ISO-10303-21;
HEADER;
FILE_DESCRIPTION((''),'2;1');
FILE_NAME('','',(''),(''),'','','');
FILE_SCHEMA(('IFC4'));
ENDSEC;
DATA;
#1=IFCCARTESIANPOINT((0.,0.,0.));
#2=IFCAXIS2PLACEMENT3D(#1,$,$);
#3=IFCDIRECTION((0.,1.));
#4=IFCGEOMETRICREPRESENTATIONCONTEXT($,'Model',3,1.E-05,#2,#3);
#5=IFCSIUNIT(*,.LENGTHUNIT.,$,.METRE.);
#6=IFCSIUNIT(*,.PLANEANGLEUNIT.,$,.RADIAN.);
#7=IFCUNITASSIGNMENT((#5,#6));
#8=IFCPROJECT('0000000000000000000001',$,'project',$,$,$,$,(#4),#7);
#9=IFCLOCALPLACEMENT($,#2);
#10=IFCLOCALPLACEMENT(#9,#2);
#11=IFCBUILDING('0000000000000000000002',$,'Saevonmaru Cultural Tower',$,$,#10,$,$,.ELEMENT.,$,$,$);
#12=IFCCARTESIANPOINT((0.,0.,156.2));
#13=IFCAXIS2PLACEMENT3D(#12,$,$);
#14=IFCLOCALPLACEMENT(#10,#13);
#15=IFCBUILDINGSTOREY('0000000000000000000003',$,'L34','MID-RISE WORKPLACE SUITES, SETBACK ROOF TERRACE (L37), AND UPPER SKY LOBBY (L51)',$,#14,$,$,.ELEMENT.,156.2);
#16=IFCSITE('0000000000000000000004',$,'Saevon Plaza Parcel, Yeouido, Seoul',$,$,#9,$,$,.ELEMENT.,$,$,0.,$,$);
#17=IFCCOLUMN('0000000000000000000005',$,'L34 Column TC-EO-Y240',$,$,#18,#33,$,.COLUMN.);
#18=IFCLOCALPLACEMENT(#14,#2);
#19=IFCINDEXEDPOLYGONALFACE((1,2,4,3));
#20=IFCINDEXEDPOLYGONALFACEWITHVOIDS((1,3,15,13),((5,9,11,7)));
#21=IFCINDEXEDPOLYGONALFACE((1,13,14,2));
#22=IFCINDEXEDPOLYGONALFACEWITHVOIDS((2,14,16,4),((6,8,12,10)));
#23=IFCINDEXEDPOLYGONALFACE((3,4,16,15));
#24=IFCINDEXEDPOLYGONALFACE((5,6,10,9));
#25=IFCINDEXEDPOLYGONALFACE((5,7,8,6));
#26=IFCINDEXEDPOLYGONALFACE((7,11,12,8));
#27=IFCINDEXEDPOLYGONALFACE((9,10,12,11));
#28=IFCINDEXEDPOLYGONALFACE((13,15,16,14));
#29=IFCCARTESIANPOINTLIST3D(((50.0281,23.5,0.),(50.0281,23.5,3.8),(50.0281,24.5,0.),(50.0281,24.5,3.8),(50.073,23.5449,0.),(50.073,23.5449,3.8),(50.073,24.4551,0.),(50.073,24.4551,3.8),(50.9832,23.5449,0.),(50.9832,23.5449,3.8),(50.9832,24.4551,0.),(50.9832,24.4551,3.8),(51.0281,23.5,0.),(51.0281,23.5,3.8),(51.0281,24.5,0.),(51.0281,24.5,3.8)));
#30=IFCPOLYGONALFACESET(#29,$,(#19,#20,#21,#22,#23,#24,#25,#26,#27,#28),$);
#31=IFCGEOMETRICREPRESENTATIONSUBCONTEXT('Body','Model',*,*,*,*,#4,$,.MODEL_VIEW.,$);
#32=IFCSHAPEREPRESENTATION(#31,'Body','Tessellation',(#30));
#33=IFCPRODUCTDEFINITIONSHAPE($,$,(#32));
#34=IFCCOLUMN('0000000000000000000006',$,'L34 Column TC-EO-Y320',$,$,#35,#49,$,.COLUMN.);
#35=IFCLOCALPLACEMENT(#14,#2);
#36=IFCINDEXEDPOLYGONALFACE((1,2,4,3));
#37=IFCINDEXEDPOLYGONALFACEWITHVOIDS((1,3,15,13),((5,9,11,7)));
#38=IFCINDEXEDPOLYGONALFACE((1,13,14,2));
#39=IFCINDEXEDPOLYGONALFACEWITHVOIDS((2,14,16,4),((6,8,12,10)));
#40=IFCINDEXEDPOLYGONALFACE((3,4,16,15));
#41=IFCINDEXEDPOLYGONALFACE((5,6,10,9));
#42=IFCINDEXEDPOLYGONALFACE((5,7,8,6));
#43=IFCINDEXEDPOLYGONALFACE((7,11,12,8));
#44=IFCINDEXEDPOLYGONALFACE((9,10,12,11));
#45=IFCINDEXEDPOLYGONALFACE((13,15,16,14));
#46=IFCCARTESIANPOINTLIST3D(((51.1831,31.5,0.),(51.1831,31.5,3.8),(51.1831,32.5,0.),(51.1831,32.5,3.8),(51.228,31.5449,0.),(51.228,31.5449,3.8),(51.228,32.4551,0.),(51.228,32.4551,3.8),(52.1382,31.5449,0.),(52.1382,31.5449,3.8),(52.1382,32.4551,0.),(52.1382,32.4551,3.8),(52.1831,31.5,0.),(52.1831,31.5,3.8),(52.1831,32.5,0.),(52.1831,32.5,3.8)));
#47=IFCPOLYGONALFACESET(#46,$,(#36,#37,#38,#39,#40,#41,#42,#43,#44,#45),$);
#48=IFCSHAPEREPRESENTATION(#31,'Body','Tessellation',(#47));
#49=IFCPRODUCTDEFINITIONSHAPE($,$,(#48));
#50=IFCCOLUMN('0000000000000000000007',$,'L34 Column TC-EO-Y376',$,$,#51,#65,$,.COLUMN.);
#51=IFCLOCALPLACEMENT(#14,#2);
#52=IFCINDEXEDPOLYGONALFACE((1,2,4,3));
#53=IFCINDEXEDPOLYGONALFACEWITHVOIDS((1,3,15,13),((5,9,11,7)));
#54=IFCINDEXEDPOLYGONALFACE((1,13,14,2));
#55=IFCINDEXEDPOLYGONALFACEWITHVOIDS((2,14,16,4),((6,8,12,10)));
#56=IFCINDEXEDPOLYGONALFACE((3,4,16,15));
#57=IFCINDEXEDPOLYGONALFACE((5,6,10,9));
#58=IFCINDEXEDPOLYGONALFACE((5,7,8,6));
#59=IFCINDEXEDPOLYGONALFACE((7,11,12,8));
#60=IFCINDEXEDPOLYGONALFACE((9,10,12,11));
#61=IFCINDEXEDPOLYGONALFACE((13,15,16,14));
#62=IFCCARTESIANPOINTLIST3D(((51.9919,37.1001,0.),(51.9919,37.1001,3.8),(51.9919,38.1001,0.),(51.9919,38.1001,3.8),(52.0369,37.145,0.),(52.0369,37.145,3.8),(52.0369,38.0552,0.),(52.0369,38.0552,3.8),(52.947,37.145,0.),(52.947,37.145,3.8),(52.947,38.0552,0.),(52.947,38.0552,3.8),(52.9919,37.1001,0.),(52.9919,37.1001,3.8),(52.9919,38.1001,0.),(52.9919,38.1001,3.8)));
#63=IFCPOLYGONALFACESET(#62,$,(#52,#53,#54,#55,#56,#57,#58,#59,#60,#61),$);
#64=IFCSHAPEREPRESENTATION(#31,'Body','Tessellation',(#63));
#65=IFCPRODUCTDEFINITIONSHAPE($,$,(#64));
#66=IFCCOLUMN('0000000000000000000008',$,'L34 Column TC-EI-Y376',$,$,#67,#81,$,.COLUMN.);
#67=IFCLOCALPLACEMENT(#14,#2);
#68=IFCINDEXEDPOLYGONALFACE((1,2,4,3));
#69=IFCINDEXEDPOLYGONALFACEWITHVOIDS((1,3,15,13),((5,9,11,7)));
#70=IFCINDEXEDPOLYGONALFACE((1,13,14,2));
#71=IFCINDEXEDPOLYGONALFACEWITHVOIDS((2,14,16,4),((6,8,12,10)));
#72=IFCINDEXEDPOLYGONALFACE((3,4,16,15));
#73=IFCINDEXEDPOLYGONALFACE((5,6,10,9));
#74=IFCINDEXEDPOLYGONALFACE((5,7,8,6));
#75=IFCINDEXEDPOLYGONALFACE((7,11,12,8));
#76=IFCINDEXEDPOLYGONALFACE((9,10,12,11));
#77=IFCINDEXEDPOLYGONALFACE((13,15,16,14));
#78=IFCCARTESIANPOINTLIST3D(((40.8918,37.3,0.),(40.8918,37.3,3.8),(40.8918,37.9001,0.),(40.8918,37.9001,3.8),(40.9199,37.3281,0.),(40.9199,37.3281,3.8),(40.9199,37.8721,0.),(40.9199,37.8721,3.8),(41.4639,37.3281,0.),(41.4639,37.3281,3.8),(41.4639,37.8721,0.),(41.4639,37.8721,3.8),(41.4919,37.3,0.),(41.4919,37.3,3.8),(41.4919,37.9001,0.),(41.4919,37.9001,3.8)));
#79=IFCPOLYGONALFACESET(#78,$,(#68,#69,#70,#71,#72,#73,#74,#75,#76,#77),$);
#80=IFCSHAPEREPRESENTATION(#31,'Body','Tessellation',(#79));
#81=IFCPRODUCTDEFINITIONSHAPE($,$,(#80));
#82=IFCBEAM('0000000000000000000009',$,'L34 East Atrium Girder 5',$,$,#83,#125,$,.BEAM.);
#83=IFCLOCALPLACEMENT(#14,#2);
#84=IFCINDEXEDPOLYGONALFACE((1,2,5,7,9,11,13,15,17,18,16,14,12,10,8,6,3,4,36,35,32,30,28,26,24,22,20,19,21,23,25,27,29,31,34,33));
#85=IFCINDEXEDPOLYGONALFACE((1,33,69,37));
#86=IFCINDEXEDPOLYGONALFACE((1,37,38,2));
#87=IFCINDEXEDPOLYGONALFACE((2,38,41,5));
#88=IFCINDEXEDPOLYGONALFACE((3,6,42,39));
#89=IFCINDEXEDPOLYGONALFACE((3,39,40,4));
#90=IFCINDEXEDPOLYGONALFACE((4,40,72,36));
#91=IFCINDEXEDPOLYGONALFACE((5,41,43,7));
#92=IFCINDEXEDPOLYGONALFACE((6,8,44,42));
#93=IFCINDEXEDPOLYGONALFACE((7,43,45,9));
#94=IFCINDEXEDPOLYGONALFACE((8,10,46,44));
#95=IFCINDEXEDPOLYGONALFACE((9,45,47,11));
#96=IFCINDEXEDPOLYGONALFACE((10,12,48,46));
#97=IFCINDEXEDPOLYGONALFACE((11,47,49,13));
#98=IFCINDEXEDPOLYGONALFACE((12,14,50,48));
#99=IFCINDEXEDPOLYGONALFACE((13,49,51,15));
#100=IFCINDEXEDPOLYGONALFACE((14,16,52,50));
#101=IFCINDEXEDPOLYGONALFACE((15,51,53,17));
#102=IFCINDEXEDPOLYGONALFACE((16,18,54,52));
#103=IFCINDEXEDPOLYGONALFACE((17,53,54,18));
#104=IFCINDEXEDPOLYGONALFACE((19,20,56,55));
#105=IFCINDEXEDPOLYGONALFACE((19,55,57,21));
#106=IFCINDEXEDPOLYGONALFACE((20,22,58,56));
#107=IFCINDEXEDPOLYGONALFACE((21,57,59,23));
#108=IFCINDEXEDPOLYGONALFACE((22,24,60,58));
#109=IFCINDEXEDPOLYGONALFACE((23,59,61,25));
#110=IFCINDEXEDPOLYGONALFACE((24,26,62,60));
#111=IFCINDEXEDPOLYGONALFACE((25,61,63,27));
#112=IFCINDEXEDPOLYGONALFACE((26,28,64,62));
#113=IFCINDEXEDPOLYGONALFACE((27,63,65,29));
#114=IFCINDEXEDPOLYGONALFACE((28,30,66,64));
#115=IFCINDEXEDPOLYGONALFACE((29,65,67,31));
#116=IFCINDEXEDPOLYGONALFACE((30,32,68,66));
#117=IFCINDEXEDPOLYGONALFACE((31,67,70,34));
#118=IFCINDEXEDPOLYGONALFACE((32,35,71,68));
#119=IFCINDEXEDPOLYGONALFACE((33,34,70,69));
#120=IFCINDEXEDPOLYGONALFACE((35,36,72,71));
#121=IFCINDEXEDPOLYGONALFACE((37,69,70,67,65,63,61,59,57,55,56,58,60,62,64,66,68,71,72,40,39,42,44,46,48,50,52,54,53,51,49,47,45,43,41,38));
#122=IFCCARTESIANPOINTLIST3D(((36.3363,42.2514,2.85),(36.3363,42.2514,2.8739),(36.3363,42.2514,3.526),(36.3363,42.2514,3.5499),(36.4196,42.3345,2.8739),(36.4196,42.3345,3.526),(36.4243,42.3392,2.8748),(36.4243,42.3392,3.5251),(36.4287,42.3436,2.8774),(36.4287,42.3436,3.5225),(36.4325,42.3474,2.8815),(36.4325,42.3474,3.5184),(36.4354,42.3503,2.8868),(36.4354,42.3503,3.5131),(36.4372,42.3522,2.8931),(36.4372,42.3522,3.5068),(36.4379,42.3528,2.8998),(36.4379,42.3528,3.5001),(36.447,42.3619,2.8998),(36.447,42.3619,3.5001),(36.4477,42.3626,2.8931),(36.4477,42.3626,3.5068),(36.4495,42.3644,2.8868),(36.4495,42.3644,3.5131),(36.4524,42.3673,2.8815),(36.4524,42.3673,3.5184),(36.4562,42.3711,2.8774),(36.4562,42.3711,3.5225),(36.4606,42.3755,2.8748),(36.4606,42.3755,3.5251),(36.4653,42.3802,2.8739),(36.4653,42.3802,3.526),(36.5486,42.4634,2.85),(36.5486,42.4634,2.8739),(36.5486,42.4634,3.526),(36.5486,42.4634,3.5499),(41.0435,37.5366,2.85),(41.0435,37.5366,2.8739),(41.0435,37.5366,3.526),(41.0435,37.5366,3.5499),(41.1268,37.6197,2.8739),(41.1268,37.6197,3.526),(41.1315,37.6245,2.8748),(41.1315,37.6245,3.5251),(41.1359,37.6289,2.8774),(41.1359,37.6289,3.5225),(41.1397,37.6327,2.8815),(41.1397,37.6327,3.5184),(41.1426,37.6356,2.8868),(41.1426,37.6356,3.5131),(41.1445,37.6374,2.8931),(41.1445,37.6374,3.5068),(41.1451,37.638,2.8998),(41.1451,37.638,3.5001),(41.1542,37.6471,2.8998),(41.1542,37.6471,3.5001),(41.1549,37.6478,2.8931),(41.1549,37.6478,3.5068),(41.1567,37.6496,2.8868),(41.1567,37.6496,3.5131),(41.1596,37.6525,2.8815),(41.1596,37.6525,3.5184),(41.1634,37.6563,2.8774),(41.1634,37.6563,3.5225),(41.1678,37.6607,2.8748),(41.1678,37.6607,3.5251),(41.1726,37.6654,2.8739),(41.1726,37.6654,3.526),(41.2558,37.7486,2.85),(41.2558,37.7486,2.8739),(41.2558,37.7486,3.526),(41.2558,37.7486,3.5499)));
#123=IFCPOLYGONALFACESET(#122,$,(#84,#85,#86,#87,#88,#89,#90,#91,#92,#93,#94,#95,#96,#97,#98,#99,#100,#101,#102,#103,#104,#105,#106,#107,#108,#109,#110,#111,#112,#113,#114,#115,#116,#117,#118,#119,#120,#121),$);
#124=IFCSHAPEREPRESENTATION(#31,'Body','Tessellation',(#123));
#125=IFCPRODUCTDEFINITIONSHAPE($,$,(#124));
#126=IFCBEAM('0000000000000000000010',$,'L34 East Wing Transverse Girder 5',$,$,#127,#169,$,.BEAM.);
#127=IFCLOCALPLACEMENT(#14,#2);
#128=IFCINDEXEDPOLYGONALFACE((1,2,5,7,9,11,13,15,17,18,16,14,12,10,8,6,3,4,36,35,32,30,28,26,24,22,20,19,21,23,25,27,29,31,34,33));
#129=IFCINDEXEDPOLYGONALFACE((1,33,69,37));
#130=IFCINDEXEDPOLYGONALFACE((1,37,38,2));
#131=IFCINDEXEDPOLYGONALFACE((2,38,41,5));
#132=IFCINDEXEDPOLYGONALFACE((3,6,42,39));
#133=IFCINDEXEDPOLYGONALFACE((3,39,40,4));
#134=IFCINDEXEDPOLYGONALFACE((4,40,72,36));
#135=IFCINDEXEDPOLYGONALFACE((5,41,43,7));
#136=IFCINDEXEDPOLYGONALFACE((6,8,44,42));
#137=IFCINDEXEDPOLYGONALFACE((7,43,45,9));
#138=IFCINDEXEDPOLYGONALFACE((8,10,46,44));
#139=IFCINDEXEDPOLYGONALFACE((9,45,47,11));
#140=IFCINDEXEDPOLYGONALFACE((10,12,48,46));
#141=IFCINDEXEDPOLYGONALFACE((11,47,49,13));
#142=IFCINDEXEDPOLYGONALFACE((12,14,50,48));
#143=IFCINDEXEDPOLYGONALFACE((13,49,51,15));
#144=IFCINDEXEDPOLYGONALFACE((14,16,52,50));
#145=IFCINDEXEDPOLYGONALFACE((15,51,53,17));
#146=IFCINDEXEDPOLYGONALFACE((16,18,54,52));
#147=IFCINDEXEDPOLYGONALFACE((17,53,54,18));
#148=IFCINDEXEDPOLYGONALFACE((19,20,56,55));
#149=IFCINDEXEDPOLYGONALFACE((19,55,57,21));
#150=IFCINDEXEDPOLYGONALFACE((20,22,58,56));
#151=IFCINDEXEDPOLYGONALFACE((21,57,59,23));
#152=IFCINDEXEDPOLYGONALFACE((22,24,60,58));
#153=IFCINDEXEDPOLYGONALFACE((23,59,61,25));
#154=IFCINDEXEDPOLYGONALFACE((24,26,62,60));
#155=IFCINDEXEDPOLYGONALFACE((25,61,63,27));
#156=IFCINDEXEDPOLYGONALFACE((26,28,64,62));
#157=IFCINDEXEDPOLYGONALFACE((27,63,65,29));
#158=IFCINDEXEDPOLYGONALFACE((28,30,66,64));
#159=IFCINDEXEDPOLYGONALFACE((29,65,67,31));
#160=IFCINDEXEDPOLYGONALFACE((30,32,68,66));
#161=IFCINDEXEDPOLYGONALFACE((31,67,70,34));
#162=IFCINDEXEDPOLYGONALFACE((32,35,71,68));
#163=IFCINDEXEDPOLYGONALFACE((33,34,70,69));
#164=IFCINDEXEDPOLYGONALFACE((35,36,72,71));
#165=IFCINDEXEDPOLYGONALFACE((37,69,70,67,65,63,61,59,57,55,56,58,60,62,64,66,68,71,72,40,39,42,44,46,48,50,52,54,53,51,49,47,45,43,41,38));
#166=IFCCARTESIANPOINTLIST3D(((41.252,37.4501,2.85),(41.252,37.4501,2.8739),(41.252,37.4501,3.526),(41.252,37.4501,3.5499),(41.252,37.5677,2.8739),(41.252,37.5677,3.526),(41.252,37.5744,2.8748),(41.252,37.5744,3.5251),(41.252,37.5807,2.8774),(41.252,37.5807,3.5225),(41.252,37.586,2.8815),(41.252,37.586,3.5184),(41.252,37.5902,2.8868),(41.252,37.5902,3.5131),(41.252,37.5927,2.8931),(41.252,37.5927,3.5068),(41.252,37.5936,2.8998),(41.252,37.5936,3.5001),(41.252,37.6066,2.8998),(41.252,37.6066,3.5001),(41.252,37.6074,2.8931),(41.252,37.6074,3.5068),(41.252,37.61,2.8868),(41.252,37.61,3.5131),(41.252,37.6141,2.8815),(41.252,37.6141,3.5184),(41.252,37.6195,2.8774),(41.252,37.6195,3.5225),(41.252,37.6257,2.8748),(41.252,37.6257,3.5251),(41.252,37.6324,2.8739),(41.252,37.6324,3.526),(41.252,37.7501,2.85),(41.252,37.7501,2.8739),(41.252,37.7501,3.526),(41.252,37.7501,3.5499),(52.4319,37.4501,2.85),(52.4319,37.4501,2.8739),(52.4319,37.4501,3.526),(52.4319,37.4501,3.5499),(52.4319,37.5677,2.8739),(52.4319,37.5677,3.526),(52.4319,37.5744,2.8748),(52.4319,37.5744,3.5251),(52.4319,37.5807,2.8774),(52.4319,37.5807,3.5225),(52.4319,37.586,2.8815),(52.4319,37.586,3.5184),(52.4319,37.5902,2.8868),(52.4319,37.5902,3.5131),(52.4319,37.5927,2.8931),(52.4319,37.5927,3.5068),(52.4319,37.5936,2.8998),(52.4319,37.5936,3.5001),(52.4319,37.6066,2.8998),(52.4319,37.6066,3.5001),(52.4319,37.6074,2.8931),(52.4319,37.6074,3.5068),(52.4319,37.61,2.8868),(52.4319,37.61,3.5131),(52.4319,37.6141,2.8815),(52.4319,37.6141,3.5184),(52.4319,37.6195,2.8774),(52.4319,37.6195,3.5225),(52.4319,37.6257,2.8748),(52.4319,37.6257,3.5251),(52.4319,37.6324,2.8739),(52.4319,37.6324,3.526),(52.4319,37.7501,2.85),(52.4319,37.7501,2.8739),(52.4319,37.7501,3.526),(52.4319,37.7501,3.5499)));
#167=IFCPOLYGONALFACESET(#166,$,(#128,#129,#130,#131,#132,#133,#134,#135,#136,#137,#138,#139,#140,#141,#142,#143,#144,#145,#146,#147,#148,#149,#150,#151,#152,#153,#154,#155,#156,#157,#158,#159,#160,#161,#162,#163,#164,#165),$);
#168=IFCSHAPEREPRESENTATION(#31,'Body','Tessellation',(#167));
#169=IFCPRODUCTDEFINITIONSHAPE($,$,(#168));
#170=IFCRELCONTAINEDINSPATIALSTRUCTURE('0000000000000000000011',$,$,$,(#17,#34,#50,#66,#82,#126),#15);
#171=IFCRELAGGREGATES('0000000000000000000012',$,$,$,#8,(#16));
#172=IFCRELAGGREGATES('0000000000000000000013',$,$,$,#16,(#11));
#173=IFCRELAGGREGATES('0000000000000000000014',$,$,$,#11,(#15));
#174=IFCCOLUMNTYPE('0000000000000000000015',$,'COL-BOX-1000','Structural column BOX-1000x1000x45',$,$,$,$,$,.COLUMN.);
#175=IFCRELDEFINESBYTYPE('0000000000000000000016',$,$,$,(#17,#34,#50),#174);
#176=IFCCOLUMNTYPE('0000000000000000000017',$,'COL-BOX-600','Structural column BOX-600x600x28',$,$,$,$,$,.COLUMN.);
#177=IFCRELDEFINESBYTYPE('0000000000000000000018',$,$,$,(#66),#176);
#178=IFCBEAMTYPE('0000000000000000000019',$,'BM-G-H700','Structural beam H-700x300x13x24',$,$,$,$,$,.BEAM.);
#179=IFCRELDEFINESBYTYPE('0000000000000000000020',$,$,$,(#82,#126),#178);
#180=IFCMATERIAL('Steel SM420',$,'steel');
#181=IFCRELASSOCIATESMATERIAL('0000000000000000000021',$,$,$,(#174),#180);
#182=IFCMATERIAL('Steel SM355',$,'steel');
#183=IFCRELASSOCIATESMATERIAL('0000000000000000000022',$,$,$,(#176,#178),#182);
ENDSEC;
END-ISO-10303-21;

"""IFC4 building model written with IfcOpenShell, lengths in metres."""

from ifc_helpers import new_model, si_unit, direction, frame, origin, origin_2d, place, context, subcontext, project, spatial, hollow_rectangle, i_section, extrude, material, material_profile, profile_set, type_object, element, save


model = new_model("IFC4")

# Units and contexts
model_context = context("Model", 3, precision=1e-05, world=origin(), true_north=direction((0.0, 1.0)))
body_context = subcontext(model_context, "Body", "Model", "MODEL_VIEW")
ifc_project = project(units=[si_unit("LENGTHUNIT", "METRE"), si_unit("PLANEANGLEUNIT", "RADIAN")], contexts=[model_context])

# Site, building, storey
site_placement = place(None, origin())
site = spatial("IfcSite", under=ifc_project, at=site_placement, Name="Saevon Plaza Parcel, Yeouido, Seoul", CompositionType="ELEMENT", RefElevation=0.0)
building_placement = place(site_placement, origin())
building = spatial("IfcBuilding", under=site, at=building_placement, Name="Saevonmaru Cultural Tower", CompositionType="ELEMENT")
storey_placement = place(building_placement, frame((0.0, 0.0, 156.2)))
storey = spatial("IfcBuildingStorey", under=building, at=storey_placement, Name="L34", Description="MID-RISE WORKPLACE SUITES, SETBACK ROOF TERRACE (L37), AND UPPER SKY LOBBY (L51)", CompositionType="ELEMENT", Elevation=156.2)

# Columns
ifc_material_1 = material(Name="Steel SM420", Category="steel")
ifc_material_profile_1 = material_profile(ifc_material_1, hollow_rectangle(XDim=1.0, YDim=1.0, WallThickness=0.0449, at=origin_2d()), Name="BOX-1000x1000x45")
ifc_profile_set_1 = profile_set([ifc_material_profile_1], Name="Steel SM420")
column_type_1 = type_object("IfcColumnType", Name="COL-BOX-1000", Description="Structural column BOX-1000x1000x45", PredefinedType="COLUMN", material=ifc_profile_set_1)
for number, where, z_axis, x_axis, name in (
    (1, (50.5281, 24.0, 0.0), (0.0, 0.0, 1.0), (1.0, 0.0, 0.0), "L34 Column TC-EO-Y240"),
    (2, (51.6831, 32.0, 0.0), (0.0, 0.0, 1.0), (1.0, 0.0, 0.0), "L34 Column TC-EO-Y320"),
    (3, (52.4919, 37.6001, 0.0), (0.0, 0.0, 1.0), (1.0, 0.0, 0.0), "L34 Column TC-EO-Y376"),
):
    element("IfcColumn", number, at=place(storey_placement, frame(where, z_axis=z_axis, x_axis=x_axis)), inside=storey, type_object=column_type_1, Name=name, PredefinedType="COLUMN", context=body_context, shape_type="SweptSolid", body=[
        extrude(hollow_rectangle(XDim=1.0, YDim=1.0, WallThickness=0.0449, at=origin_2d()), origin(), (0.0, 0.0, 1.0), 3.8),
    ])
ifc_material_2 = material(Name="Steel SM355", Category="steel")
ifc_material_profile_2 = material_profile(ifc_material_2, hollow_rectangle(XDim=0.6001, YDim=0.6001, WallThickness=0.0281, at=origin_2d()), Name="BOX-600x600x28")
ifc_profile_set_2 = profile_set([ifc_material_profile_2], Name="Steel SM355")
column_type_2 = type_object("IfcColumnType", Name="COL-BOX-600", Description="Structural column BOX-600x600x28", PredefinedType="COLUMN", material=ifc_profile_set_2)
column_placement = place(storey_placement, frame((41.1919, 37.6001, 0.0), z_axis=(0.0, 0.0, 1.0), x_axis=(1.0, 0.0, 0.0)))
element("IfcColumn", 4, at=column_placement, inside=storey, type_object=column_type_2, Name="L34 Column TC-EI-Y376", PredefinedType="COLUMN", context=body_context, shape_type="SweptSolid", body=[
    extrude(hollow_rectangle(XDim=0.6001, YDim=0.6001, WallThickness=0.0281, at=origin_2d()), origin(), (0.0, 0.0, 1.0), 3.8),
])

# Beams
ifc_material_profile_3 = material_profile(ifc_material_2, i_section(OverallWidth=0.3, OverallDepth=0.7, WebThickness=0.0129, FlangeThickness=0.0239, FilletRadius=0.0259, at=origin_2d()), Name="H-700x300x13x24")
ifc_profile_set_3 = profile_set([ifc_material_profile_3], Name="Steel SM355")
beam_type_1 = type_object("IfcBeamType", Name="BM-G-H700", Description="Structural beam H-700x300x13x24", PredefinedType="BEAM", material=ifc_profile_set_3)
beam_1_placement = place(storey_placement, frame((41.1497, 37.6426, 3.2), z_axis=(-0.706539, 0.707675, 0.0), x_axis=(-0.707675, -0.706539, 0.0)))
element("IfcBeam", 5, at=beam_1_placement, inside=storey, type_object=beam_type_1, Name="L34 East Atrium Girder 5", PredefinedType="BEAM", context=body_context, shape_type="SweptSolid", body=[
    extrude(i_section(OverallWidth=0.3, OverallDepth=0.7, WebThickness=0.0129, FlangeThickness=0.0239, FilletRadius=0.0259, at=origin_2d()), origin(), (0.0, 0.0, 1.0), 6.6624),
])
beam_2_placement = place(storey_placement, frame((41.252, 37.6001, 3.2), z_axis=(1.0, 0.0, 0.0), x_axis=(0.0, 1.0, 0.0)))
element("IfcBeam", 6, at=beam_2_placement, inside=storey, type_object=beam_type_1, Name="L34 East Wing Transverse Girder 5", PredefinedType="BEAM", context=body_context, shape_type="SweptSolid", body=[
    extrude(i_section(OverallWidth=0.3, OverallDepth=0.7, WebThickness=0.0129, FlangeThickness=0.0239, FilletRadius=0.0259, at=origin_2d()), origin(), (0.0, 0.0, 1.0), 11.1799),
])

save(model, "model.ifc")
